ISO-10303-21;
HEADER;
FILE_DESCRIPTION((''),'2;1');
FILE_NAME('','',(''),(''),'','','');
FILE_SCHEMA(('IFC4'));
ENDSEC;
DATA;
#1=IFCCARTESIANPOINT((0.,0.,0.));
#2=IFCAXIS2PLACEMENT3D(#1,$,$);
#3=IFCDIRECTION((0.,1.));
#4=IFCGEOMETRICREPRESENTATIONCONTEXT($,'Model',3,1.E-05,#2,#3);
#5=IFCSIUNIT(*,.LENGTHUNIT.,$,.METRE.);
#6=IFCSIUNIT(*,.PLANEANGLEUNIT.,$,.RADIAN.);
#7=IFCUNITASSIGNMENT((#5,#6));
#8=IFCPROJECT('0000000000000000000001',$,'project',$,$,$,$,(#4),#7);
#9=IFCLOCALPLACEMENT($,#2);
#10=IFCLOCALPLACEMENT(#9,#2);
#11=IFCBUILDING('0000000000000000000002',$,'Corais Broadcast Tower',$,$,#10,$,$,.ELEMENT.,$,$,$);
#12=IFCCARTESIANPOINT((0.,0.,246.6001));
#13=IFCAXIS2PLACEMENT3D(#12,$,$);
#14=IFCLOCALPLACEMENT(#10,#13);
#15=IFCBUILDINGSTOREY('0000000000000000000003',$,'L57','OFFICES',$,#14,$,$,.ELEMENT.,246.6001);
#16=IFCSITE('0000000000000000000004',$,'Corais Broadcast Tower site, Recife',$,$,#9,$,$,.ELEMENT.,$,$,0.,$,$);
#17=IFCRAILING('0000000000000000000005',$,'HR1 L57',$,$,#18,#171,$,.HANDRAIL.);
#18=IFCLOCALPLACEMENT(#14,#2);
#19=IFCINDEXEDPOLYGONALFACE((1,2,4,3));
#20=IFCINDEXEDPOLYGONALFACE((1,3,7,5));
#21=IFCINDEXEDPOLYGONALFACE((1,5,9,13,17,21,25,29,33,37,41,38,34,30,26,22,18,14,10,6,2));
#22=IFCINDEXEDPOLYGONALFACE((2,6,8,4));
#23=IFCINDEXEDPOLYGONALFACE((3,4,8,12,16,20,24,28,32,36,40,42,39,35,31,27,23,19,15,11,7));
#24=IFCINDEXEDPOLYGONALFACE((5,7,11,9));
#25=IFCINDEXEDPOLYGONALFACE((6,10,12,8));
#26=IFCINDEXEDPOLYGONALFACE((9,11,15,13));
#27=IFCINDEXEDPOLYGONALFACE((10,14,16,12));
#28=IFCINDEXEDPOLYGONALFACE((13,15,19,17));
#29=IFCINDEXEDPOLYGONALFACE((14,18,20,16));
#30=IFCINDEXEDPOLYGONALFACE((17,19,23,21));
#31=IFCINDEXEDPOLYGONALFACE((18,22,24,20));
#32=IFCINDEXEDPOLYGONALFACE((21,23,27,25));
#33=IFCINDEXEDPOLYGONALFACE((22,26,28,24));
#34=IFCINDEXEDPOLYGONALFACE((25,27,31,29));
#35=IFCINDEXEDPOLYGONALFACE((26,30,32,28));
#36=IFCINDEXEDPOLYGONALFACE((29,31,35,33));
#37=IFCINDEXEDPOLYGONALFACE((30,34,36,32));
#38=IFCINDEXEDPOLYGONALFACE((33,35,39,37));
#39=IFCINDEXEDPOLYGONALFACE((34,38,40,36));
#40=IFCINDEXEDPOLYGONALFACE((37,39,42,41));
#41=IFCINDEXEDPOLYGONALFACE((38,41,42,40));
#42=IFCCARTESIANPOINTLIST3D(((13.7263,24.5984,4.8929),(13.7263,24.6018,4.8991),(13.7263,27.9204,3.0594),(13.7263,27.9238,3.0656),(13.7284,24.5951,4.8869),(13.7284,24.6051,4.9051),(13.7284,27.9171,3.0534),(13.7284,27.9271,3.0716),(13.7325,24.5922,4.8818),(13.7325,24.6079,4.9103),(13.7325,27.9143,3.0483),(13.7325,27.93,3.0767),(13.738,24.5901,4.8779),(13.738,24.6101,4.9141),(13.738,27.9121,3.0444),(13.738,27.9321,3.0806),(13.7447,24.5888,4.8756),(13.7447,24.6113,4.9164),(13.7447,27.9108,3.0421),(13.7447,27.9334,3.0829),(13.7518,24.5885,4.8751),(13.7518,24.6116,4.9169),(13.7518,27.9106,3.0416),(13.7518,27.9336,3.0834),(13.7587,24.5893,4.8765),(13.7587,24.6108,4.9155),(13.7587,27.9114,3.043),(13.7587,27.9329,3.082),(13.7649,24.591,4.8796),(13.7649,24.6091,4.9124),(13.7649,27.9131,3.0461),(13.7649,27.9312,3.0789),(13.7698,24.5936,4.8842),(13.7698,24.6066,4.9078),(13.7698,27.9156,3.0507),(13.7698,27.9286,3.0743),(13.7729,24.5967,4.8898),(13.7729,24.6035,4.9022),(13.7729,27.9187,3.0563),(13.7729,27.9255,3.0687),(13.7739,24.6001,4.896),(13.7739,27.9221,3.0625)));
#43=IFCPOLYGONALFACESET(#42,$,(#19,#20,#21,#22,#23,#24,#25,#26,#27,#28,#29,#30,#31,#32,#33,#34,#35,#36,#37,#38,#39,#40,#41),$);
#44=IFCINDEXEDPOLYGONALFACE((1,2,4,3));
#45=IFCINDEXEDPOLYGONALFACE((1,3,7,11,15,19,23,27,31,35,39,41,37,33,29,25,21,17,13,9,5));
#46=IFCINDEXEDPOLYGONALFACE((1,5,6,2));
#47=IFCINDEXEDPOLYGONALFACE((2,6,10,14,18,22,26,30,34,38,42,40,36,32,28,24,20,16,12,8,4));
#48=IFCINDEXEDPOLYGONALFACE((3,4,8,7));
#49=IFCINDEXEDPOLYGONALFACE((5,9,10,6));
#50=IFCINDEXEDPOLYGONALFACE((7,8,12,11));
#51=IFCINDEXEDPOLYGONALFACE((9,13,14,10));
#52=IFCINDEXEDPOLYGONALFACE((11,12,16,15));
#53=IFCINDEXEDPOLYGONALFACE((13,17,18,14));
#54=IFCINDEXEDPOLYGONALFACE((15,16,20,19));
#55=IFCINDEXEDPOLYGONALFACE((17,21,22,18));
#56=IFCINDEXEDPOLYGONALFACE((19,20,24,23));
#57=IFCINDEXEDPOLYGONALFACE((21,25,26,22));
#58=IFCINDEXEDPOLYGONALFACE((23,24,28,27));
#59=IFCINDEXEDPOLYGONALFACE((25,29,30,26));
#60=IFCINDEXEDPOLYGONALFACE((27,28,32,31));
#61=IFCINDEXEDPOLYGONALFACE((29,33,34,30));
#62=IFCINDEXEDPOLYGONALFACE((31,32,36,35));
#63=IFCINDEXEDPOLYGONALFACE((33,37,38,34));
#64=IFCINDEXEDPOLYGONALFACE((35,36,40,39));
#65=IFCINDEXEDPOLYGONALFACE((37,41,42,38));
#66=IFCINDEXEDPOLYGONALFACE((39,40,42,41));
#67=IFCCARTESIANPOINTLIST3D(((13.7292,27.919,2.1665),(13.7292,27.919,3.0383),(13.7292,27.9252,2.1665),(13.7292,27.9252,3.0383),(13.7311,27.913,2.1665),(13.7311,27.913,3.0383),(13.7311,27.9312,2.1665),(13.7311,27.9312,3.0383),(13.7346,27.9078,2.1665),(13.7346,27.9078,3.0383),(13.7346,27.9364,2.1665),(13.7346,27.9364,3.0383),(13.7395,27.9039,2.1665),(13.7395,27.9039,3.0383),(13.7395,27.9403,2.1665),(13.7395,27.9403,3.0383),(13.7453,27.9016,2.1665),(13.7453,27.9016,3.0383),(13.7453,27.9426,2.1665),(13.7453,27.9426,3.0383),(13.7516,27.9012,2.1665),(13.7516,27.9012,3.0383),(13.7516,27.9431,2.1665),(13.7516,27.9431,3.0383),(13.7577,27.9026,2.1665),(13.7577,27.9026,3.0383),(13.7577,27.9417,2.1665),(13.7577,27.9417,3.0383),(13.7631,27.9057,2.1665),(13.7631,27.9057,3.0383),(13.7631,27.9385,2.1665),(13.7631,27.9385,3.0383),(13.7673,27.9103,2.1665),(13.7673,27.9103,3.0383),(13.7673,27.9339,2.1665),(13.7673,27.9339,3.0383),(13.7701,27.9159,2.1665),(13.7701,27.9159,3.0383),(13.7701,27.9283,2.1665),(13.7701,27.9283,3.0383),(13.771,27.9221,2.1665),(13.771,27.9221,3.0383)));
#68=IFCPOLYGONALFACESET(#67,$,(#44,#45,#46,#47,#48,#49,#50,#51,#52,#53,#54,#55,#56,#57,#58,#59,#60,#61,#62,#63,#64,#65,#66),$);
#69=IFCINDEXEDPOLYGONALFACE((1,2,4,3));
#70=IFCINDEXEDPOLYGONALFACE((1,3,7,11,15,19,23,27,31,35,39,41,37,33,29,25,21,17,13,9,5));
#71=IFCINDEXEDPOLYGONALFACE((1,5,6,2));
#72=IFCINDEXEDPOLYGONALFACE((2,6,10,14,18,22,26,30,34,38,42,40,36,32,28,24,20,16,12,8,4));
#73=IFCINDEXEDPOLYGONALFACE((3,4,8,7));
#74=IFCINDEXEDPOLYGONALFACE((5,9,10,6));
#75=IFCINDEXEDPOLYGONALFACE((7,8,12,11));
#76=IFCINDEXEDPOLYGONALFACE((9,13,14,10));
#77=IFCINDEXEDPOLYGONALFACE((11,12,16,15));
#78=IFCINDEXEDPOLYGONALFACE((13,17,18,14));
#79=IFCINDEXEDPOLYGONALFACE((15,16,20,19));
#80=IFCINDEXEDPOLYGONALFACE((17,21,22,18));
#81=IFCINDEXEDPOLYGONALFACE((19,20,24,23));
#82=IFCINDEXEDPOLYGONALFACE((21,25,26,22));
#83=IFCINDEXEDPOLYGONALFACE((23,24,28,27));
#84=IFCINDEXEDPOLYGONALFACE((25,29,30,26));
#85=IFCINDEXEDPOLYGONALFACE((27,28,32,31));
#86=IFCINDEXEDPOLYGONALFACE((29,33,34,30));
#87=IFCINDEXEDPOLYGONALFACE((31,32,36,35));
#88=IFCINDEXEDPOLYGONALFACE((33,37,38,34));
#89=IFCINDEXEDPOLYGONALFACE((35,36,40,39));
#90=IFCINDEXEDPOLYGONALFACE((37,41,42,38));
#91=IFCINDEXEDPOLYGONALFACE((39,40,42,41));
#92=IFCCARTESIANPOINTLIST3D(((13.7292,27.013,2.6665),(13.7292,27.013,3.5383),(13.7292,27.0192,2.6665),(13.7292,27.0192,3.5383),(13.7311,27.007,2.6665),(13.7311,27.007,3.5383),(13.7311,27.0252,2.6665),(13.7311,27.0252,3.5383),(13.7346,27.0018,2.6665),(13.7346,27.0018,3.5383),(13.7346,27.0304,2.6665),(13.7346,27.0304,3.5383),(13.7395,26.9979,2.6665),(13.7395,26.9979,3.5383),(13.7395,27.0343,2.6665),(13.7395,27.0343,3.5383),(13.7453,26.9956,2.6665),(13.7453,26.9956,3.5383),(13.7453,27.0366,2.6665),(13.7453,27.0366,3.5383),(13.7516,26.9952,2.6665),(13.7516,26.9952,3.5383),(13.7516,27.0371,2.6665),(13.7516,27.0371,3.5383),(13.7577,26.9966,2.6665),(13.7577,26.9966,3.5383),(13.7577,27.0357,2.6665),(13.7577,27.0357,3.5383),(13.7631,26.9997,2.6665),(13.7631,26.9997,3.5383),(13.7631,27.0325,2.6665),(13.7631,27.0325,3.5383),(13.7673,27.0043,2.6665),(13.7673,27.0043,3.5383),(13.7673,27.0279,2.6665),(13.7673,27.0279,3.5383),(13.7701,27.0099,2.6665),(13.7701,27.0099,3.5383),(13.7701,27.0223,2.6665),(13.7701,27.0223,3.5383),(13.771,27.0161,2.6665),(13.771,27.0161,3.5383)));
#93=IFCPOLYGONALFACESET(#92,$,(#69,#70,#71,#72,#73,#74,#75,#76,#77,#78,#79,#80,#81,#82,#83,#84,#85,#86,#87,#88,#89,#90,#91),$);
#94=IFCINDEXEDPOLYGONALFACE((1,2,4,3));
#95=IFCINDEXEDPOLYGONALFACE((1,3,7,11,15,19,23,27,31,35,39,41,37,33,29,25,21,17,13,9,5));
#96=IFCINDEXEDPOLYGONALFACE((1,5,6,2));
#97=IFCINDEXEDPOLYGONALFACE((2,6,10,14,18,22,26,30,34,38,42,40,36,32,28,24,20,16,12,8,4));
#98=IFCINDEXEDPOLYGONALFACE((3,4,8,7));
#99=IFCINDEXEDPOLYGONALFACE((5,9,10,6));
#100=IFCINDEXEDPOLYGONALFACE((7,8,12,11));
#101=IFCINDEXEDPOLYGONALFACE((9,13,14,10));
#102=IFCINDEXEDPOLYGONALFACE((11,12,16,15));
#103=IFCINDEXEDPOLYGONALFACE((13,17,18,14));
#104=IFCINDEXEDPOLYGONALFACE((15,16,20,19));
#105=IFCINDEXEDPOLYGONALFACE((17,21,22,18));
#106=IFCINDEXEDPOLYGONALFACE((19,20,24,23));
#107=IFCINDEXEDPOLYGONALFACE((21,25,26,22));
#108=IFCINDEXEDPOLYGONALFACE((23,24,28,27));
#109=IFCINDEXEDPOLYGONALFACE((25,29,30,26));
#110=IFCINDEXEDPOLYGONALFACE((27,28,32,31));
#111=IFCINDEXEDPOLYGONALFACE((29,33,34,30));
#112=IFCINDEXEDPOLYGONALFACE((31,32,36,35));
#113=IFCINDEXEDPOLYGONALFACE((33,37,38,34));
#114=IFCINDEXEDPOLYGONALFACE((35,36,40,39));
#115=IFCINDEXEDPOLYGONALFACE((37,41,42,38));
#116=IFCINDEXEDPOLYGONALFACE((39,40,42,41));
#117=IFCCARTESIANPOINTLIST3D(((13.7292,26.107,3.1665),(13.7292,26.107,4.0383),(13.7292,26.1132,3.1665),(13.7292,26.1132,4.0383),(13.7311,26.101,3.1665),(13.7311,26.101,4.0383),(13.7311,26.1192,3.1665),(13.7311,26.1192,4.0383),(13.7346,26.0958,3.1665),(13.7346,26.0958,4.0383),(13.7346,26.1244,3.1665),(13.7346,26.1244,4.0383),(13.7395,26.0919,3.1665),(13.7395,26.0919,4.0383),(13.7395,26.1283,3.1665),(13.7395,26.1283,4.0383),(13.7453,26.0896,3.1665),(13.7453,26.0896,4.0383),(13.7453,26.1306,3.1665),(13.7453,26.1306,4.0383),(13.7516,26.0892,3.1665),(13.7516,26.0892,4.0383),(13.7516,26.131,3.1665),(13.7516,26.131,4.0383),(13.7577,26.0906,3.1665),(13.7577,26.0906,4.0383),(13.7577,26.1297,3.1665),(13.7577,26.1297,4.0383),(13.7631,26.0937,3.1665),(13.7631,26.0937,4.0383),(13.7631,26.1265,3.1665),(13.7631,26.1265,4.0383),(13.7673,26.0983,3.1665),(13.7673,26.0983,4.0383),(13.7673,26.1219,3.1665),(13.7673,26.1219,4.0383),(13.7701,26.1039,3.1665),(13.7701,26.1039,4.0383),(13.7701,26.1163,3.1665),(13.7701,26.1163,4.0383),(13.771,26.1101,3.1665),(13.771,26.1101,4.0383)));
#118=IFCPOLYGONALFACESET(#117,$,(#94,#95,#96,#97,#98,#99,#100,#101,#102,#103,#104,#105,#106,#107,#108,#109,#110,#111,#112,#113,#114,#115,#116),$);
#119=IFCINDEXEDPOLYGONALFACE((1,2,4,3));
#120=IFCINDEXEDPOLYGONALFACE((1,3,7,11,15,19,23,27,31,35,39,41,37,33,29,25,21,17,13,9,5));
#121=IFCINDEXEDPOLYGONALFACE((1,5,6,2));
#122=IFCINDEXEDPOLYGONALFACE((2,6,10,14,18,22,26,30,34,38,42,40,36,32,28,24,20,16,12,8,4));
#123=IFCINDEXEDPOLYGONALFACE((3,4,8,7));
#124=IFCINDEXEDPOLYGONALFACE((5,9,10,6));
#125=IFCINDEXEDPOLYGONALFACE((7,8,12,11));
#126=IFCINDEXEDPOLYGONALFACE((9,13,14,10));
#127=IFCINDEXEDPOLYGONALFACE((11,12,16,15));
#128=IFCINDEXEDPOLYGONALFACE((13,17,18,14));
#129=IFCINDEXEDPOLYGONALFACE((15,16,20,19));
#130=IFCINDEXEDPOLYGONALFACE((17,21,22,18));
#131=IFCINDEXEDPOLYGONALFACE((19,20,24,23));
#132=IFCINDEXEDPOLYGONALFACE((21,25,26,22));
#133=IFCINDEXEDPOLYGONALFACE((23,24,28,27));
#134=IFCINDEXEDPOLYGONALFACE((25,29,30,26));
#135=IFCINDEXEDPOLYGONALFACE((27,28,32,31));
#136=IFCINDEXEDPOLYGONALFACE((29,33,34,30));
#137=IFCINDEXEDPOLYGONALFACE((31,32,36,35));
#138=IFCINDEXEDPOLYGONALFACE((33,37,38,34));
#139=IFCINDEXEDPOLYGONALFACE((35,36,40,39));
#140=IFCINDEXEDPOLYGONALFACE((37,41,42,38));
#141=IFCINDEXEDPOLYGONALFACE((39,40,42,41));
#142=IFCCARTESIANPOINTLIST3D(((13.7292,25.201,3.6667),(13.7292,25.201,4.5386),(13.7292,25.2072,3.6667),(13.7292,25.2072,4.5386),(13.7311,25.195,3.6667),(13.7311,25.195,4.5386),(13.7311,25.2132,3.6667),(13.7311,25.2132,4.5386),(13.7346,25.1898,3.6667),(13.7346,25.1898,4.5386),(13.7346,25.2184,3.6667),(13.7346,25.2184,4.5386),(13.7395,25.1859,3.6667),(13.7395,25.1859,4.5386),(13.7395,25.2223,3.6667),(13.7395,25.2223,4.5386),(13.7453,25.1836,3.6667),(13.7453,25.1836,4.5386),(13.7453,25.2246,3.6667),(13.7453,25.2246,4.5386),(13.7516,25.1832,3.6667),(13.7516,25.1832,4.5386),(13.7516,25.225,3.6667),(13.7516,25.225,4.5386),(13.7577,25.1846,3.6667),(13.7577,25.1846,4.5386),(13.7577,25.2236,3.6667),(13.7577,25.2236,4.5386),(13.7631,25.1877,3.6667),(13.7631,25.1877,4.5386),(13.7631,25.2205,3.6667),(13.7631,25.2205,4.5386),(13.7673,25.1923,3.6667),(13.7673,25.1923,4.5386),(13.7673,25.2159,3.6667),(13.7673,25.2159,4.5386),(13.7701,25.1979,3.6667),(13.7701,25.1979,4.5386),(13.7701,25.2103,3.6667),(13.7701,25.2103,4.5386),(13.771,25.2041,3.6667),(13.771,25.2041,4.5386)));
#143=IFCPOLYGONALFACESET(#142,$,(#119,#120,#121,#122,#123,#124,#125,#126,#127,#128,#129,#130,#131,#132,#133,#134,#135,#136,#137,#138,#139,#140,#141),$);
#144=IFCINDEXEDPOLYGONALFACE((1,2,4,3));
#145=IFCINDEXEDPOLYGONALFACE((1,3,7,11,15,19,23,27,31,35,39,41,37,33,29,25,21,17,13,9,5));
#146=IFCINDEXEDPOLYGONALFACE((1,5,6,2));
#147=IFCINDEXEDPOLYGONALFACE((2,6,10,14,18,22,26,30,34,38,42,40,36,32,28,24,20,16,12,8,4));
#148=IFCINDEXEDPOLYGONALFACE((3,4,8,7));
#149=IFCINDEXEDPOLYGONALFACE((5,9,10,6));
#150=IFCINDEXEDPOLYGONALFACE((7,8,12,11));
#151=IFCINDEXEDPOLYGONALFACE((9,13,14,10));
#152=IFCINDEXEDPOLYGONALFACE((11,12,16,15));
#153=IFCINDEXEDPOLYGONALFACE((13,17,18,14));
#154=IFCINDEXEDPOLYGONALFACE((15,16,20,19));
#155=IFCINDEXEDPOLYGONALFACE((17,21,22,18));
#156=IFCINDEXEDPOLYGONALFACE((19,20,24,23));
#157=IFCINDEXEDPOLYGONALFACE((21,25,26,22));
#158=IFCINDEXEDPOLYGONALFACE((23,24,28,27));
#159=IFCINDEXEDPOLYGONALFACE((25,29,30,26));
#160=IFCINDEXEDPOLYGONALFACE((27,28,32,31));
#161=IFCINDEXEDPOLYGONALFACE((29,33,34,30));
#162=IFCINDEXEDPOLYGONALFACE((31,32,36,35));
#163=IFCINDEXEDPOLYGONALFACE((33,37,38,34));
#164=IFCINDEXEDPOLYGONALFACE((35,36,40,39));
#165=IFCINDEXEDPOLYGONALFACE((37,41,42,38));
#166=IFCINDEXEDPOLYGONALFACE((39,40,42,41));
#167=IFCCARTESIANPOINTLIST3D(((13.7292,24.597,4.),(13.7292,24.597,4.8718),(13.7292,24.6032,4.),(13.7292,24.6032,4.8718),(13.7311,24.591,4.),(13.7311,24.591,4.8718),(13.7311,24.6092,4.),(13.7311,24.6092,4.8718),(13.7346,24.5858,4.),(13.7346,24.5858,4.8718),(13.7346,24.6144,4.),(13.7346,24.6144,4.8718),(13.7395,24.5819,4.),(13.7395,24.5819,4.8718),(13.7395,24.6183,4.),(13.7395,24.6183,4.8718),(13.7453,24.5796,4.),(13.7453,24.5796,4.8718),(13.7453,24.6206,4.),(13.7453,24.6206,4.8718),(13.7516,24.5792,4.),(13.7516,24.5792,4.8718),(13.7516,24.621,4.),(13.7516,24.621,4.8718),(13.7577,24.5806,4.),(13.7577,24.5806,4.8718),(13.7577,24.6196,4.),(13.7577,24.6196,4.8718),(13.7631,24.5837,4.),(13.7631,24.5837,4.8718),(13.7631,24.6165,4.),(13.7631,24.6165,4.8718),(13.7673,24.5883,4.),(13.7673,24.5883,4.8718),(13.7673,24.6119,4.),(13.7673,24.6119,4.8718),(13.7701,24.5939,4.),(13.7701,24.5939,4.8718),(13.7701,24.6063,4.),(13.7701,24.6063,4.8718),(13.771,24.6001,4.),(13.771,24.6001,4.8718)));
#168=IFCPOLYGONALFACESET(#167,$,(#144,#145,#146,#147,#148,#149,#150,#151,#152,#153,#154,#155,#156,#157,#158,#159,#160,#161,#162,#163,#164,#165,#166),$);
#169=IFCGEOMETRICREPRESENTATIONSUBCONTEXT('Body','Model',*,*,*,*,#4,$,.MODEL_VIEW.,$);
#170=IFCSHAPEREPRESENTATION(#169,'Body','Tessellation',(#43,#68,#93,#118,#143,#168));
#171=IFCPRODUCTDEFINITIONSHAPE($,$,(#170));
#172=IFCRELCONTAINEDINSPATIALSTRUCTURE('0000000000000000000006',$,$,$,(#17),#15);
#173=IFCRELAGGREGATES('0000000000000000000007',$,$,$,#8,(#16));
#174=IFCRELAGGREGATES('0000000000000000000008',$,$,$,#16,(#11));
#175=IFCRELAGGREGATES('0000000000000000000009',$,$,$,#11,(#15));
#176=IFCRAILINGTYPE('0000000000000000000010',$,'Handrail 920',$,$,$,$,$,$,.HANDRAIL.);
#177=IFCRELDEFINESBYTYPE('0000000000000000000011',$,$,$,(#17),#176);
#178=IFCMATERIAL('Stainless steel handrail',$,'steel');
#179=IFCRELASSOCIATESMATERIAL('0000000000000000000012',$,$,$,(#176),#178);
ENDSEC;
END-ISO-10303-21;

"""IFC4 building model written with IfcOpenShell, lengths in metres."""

from ifc_helpers import new_model, si_unit, direction, frame, origin, origin_2d, place, context, subcontext, project, spatial, circle, extrude, material, type_object, element, save


model = new_model("IFC4")

# Units and contexts
model_context = context("Model", 3, precision=1e-05, world=origin(), true_north=direction((0.0, 1.0)))
body_context = subcontext(model_context, "Body", "Model", "MODEL_VIEW")
ifc_project = project(units=[si_unit("LENGTHUNIT", "METRE"), si_unit("PLANEANGLEUNIT", "RADIAN")], contexts=[model_context])

# Site, building, storey
site_placement = place(None, origin())
site = spatial("IfcSite", under=ifc_project, at=site_placement, Name="Corais Broadcast Tower site, Recife", CompositionType="ELEMENT", RefElevation=0.0)
building_placement = place(site_placement, origin())
building = spatial("IfcBuilding", under=site, at=building_placement, Name="Corais Broadcast Tower", CompositionType="ELEMENT")
storey_placement = place(building_placement, frame((0.0, 0.0, 246.6001)))
storey = spatial("IfcBuildingStorey", under=building, at=storey_placement, Name="L57", Description="OFFICES", CompositionType="ELEMENT", Elevation=246.6001)

# Railing
ifc_material_1 = material(Name="Stainless steel handrail", Category="steel")
railing_type = type_object("IfcRailingType", Name="Handrail 920", PredefinedType="HANDRAIL", material=ifc_material_1)
for number, where, name in (
    (1, (13.75, 27.9221, 2.1665), "HR1 L57"),
):
    element("IfcRailing", number, at=place(storey_placement, frame(where)), inside=storey, type_object=railing_type, Name=name, PredefinedType="HANDRAIL", context=body_context, shape_type="SweptSolid", body=[
        extrude(circle(Radius=0.0239, at=origin_2d()), frame((0.0, 0.0, 0.896), z_axis=(0.0, -0.875504, 0.48321), x_axis=(1.0, 0.0, 0.0)), (0.0, 0.0, 1.0), 3.7944),
        extrude(circle(Radius=0.021, at=origin_2d()), origin(), (0.0, 0.0, 1.0), 0.8718),
        extrude(circle(Radius=0.021, at=origin_2d()), frame((0.0, -0.906, 0.5)), (0.0, 0.0, 1.0), 0.8718),
        extrude(circle(Radius=0.021, at=origin_2d()), frame((0.0, -1.812, 1.0)), (0.0, 0.0, 1.0), 0.8718),
        extrude(circle(Radius=0.021, at=origin_2d()), frame((0.0, -2.718, 1.5002)), (0.0, 0.0, 1.0), 0.8718),
        extrude(circle(Radius=0.021, at=origin_2d()), frame((0.0, -3.322, 1.8335)), (0.0, 0.0, 1.0), 0.8718),
    ])

save(model, "model.ifc")
